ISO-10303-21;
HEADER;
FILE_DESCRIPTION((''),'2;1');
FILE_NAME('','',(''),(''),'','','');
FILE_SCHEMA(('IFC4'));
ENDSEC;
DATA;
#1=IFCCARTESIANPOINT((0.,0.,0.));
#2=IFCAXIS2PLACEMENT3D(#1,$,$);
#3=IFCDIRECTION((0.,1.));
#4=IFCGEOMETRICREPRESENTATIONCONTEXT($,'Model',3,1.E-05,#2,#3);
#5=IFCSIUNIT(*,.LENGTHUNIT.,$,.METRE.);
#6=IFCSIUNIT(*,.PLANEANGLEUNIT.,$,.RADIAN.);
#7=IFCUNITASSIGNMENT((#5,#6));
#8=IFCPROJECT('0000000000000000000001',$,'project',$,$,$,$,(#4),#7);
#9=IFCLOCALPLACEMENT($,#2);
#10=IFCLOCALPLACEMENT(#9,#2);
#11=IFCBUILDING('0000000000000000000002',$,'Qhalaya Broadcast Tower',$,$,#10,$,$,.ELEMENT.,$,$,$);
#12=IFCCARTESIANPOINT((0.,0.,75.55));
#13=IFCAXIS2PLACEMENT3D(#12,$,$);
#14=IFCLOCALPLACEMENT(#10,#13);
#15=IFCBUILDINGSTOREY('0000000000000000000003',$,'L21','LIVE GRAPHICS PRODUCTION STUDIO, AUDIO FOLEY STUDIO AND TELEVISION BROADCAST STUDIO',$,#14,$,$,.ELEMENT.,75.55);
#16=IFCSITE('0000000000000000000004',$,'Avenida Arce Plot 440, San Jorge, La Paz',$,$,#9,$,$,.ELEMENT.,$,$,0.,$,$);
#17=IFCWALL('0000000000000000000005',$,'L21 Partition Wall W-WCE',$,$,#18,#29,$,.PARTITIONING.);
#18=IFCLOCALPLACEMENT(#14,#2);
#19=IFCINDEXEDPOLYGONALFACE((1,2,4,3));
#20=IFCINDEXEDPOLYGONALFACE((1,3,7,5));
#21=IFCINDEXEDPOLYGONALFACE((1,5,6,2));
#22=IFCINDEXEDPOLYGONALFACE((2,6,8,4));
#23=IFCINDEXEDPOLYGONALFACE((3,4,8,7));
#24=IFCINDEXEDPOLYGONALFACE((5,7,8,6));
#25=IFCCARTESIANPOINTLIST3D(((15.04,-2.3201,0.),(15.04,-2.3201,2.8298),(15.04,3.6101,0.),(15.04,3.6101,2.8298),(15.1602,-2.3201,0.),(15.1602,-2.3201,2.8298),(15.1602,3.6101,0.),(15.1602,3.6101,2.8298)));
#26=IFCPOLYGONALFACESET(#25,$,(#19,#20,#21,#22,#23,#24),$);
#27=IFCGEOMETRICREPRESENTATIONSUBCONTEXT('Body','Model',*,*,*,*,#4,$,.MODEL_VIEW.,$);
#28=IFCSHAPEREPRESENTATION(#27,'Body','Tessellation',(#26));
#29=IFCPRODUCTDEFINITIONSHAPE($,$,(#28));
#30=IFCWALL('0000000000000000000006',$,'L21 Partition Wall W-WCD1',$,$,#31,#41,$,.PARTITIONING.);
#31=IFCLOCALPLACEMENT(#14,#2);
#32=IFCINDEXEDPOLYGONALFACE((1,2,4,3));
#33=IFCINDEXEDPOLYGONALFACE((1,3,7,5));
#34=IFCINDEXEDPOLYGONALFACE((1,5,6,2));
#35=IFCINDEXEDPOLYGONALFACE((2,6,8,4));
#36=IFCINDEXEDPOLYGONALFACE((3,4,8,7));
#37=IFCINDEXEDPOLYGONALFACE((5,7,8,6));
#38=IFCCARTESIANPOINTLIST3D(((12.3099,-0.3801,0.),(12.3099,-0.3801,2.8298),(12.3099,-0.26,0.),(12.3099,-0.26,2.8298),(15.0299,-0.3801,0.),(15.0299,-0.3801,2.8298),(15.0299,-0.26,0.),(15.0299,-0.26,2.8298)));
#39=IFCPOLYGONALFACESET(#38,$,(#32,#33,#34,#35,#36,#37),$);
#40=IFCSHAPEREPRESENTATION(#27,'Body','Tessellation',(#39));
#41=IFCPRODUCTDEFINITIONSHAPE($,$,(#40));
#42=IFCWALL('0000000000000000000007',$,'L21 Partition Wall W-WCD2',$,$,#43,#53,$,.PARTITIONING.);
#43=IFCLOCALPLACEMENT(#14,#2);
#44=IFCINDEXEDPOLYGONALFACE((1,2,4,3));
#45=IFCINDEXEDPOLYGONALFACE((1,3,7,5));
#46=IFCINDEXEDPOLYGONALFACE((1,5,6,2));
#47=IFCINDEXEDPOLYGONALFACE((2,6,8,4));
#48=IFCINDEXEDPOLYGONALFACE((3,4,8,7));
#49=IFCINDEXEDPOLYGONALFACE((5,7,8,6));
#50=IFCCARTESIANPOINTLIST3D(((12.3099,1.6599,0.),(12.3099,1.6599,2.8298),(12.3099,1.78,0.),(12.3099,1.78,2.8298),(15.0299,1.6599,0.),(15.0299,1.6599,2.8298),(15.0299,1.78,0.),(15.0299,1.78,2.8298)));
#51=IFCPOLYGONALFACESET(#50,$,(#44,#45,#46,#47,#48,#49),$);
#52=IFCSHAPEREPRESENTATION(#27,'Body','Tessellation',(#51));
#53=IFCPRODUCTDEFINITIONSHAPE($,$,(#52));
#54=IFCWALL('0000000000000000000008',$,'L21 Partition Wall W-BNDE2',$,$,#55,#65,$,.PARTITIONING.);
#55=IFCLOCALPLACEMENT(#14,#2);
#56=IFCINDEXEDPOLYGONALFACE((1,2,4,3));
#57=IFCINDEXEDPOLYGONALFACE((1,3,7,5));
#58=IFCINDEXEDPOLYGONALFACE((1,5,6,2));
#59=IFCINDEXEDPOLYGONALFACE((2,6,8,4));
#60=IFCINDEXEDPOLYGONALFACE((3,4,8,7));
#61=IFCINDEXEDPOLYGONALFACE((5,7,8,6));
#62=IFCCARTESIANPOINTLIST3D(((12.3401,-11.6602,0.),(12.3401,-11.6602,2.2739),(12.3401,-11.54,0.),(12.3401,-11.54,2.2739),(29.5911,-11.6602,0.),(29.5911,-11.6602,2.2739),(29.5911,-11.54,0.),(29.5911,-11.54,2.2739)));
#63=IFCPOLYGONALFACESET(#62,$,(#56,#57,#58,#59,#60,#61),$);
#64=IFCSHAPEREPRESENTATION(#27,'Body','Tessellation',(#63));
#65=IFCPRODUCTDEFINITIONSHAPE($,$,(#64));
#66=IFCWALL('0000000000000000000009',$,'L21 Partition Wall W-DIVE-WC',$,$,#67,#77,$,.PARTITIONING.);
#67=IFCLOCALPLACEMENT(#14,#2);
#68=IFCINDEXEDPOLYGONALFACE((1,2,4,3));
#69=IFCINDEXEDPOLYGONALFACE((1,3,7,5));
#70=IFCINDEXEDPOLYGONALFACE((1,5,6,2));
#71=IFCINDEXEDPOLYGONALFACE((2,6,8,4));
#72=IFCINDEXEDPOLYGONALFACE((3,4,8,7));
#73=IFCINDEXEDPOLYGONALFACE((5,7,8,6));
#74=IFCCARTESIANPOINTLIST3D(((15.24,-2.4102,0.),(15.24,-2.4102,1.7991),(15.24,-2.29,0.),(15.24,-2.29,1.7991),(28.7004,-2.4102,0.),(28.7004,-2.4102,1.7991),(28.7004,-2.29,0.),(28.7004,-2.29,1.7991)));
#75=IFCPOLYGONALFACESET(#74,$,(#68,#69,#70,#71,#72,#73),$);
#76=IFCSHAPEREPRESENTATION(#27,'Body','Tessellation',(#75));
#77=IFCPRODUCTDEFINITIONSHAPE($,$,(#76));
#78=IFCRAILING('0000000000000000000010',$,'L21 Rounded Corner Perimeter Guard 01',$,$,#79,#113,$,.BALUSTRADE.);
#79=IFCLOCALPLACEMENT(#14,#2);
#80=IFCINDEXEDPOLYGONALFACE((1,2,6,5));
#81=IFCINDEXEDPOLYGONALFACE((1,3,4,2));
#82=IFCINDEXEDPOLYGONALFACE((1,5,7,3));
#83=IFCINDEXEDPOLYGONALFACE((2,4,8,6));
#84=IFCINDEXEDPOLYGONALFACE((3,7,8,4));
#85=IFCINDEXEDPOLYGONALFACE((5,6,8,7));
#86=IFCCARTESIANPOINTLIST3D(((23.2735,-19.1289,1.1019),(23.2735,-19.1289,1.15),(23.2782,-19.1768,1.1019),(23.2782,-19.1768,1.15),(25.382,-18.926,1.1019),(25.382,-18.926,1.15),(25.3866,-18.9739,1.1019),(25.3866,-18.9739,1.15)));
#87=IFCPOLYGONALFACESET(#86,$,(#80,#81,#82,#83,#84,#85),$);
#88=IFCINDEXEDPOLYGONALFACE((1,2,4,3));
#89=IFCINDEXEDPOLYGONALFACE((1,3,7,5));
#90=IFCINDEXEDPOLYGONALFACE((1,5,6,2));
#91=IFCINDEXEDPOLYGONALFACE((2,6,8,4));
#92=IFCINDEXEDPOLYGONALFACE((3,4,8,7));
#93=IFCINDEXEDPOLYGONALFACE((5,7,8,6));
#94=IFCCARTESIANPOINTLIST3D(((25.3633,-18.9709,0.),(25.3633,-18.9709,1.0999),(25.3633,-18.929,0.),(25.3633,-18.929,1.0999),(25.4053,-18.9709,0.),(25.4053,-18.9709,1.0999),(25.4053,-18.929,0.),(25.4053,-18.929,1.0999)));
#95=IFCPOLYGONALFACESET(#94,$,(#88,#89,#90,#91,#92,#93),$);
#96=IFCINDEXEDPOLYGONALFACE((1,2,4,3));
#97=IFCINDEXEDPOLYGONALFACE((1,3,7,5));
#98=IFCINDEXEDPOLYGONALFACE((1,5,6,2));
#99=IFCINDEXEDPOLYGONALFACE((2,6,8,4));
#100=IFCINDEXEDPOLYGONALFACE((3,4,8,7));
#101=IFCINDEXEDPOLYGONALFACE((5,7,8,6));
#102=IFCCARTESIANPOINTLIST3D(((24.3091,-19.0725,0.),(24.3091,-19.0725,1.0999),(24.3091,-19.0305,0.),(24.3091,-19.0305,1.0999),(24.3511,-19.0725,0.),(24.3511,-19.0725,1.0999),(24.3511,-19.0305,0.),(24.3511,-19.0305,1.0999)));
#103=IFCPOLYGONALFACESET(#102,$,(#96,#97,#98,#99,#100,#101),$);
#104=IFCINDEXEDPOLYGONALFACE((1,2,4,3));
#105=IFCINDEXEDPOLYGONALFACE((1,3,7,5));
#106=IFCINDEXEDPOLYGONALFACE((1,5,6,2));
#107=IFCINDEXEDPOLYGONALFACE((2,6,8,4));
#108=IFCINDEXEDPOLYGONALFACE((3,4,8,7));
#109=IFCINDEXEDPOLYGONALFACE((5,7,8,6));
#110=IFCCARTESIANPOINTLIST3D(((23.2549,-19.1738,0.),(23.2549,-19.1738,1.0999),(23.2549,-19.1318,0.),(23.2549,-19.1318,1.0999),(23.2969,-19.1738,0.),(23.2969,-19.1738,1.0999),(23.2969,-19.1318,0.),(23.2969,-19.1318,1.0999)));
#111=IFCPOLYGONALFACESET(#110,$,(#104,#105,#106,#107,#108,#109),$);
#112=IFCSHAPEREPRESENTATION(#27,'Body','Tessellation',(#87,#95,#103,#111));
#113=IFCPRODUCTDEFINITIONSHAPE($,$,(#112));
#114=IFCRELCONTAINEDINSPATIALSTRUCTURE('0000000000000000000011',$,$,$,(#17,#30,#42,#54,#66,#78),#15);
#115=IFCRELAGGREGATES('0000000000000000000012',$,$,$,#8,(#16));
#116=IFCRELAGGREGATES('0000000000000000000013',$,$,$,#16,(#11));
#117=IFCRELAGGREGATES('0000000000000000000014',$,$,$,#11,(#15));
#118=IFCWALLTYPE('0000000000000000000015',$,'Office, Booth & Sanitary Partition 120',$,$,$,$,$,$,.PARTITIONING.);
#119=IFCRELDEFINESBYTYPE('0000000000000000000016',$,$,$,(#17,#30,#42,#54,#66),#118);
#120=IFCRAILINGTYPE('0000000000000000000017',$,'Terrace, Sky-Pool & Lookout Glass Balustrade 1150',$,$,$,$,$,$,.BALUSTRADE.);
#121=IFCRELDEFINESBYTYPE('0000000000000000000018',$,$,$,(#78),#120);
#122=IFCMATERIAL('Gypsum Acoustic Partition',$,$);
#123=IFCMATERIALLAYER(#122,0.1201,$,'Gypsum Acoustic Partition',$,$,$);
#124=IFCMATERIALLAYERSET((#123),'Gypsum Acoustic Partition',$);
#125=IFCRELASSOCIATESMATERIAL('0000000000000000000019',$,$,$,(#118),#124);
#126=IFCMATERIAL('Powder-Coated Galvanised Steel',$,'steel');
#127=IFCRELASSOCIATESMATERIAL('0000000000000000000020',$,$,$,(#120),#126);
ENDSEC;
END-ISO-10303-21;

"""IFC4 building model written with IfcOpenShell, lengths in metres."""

from ifc_helpers import new_model, si_unit, direction, frame, frame_2d, origin, origin_2d, place, context, subcontext, project, spatial, rectangle, extrude, material, layer, layer_set, type_object, element, save


model = new_model("IFC4")

# Units and contexts
model_context = context("Model", 3, precision=1e-05, world=origin(), true_north=direction((0.0, 1.0)))
body_context = subcontext(model_context, "Body", "Model", "MODEL_VIEW")
ifc_project = project(units=[si_unit("LENGTHUNIT", "METRE"), si_unit("PLANEANGLEUNIT", "RADIAN")], contexts=[model_context])

# Site, building, storey
site_placement = place(None, origin())
site = spatial("IfcSite", under=ifc_project, at=site_placement, Name="Avenida Arce Plot 440, San Jorge, La Paz", CompositionType="ELEMENT", RefElevation=0.0)
building_placement = place(site_placement, origin())
building = spatial("IfcBuilding", under=site, at=building_placement, Name="Qhalaya Broadcast Tower", CompositionType="ELEMENT")
storey_placement = place(building_placement, frame((0.0, 0.0, 75.55)))
storey = spatial("IfcBuildingStorey", under=building, at=storey_placement, Name="L21", Description="LIVE GRAPHICS PRODUCTION STUDIO, AUDIO FOLEY STUDIO AND TELEVISION BROADCAST STUDIO", CompositionType="ELEMENT", Elevation=75.55)

# Walls
ifc_material_1 = material(Name="Gypsum Acoustic Partition")
ifc_layer_1 = layer(ifc_material_1, 0.1201, Name="Gypsum Acoustic Partition")
ifc_layer_set_1 = layer_set([ifc_layer_1], Name="Gypsum Acoustic Partition")
wall_type = type_object("IfcWallType", Name="Office, Booth & Sanitary Partition 120", PredefinedType="PARTITIONING", material=ifc_layer_set_1)
wall_1_placement = place(storey_placement, frame((15.1001, -2.3201, 0.0), z_axis=(0.0, 0.0, 1.0), x_axis=(0.0, 1.0, 0.0)))
element("IfcWall", 1, at=wall_1_placement, inside=storey, type_object=wall_type, Name="L21 Partition Wall W-WCE", PredefinedType="PARTITIONING", context=body_context, shape_type="SweptSolid", body=[
    extrude(rectangle(XDim=5.9302, YDim=0.1201, at=frame_2d((2.9651, 0.0))), origin(), (0.0, 0.0, 1.0), 2.8298),
])
for number, where, z_axis, x_axis, name in (
    (2, (12.3101, -0.3201, 0.0), (0.0, 0.0, 1.0), (1.0, 0.0, 0.0), "L21 Partition Wall W-WCD1"),
    (3, (12.3101, 1.72, 0.0), (0.0, 0.0, 1.0), (1.0, 0.0, 0.0), "L21 Partition Wall W-WCD2"),
):
    element("IfcWall", number, at=place(storey_placement, frame(where, z_axis=z_axis, x_axis=x_axis)), inside=storey, type_object=wall_type, Name=name, PredefinedType="PARTITIONING", context=body_context, shape_type="SweptSolid", body=[
        extrude(rectangle(XDim=2.72, YDim=0.1201, at=frame_2d((1.3599, 0.0))), origin(), (0.0, 0.0, 1.0), 2.8298),
    ])
wall_2_placement = place(storey_placement, frame((12.3401, -11.6001, 0.0), z_axis=(0.0, 0.0, 1.0), x_axis=(1.0, 0.0, 0.0)))
element("IfcWall", 4, at=wall_2_placement, inside=storey, type_object=wall_type, Name="L21 Partition Wall W-BNDE2", PredefinedType="PARTITIONING", context=body_context, shape_type="SweptSolid", body=[
    extrude(rectangle(XDim=17.251, YDim=0.1201, at=frame_2d((8.6255, 0.0))), origin(), (0.0, 0.0, 1.0), 2.2739),
])
wall_3_placement = place(storey_placement, frame((15.24, -2.3501, 0.0), z_axis=(0.0, 0.0, 1.0), x_axis=(1.0, 0.0, 0.0)))
element("IfcWall", 5, at=wall_3_placement, inside=storey, type_object=wall_type, Name="L21 Partition Wall W-DIVE-WC", PredefinedType="PARTITIONING", context=body_context, shape_type="SweptSolid", body=[
    extrude(rectangle(XDim=13.4604, YDim=0.1201, at=frame_2d((6.7302, 0.0))), origin(), (0.0, 0.0, 1.0), 1.7991),
])

# Railing
ifc_material_2 = material(Name="Powder-Coated Galvanised Steel", Category="steel")
railing_type = type_object("IfcRailingType", Name="Terrace, Sky-Pool & Lookout Glass Balustrade 1150", PredefinedType="BALUSTRADE", material=ifc_material_2)
railing_1_placement = place(storey_placement, frame((25.3843, -18.95, 0.0)))
element("IfcRailing", 6, at=railing_1_placement, inside=storey, type_object=railing_type, Name="L21 Rounded Corner Perimeter Guard 01", PredefinedType="BALUSTRADE", context=body_context, shape_type="SweptSolid", body=[
    extrude(rectangle(XDim=0.0481, YDim=0.0481, at=origin_2d()), frame((0.0, 0.0, 1.126), z_axis=(-0.995402, -0.095783, 0.0), x_axis=(0.095783, -0.995402, 0.0)), (0.0, 0.0, 1.0), 2.1182),
    extrude(rectangle(XDim=0.042, YDim=0.042, at=origin_2d()), origin(), (0.0, 0.0, 1.0), 1.0999),
    extrude(rectangle(XDim=0.042, YDim=0.042, at=origin_2d()), frame((-1.0542, -0.1016, 0.0)), (0.0, 0.0, 1.0), 1.0999),
    extrude(rectangle(XDim=0.042, YDim=0.042, at=origin_2d()), frame((-2.1084, -0.2029, 0.0)), (0.0, 0.0, 1.0), 1.0999),
])

save(model, "model.ifc")
